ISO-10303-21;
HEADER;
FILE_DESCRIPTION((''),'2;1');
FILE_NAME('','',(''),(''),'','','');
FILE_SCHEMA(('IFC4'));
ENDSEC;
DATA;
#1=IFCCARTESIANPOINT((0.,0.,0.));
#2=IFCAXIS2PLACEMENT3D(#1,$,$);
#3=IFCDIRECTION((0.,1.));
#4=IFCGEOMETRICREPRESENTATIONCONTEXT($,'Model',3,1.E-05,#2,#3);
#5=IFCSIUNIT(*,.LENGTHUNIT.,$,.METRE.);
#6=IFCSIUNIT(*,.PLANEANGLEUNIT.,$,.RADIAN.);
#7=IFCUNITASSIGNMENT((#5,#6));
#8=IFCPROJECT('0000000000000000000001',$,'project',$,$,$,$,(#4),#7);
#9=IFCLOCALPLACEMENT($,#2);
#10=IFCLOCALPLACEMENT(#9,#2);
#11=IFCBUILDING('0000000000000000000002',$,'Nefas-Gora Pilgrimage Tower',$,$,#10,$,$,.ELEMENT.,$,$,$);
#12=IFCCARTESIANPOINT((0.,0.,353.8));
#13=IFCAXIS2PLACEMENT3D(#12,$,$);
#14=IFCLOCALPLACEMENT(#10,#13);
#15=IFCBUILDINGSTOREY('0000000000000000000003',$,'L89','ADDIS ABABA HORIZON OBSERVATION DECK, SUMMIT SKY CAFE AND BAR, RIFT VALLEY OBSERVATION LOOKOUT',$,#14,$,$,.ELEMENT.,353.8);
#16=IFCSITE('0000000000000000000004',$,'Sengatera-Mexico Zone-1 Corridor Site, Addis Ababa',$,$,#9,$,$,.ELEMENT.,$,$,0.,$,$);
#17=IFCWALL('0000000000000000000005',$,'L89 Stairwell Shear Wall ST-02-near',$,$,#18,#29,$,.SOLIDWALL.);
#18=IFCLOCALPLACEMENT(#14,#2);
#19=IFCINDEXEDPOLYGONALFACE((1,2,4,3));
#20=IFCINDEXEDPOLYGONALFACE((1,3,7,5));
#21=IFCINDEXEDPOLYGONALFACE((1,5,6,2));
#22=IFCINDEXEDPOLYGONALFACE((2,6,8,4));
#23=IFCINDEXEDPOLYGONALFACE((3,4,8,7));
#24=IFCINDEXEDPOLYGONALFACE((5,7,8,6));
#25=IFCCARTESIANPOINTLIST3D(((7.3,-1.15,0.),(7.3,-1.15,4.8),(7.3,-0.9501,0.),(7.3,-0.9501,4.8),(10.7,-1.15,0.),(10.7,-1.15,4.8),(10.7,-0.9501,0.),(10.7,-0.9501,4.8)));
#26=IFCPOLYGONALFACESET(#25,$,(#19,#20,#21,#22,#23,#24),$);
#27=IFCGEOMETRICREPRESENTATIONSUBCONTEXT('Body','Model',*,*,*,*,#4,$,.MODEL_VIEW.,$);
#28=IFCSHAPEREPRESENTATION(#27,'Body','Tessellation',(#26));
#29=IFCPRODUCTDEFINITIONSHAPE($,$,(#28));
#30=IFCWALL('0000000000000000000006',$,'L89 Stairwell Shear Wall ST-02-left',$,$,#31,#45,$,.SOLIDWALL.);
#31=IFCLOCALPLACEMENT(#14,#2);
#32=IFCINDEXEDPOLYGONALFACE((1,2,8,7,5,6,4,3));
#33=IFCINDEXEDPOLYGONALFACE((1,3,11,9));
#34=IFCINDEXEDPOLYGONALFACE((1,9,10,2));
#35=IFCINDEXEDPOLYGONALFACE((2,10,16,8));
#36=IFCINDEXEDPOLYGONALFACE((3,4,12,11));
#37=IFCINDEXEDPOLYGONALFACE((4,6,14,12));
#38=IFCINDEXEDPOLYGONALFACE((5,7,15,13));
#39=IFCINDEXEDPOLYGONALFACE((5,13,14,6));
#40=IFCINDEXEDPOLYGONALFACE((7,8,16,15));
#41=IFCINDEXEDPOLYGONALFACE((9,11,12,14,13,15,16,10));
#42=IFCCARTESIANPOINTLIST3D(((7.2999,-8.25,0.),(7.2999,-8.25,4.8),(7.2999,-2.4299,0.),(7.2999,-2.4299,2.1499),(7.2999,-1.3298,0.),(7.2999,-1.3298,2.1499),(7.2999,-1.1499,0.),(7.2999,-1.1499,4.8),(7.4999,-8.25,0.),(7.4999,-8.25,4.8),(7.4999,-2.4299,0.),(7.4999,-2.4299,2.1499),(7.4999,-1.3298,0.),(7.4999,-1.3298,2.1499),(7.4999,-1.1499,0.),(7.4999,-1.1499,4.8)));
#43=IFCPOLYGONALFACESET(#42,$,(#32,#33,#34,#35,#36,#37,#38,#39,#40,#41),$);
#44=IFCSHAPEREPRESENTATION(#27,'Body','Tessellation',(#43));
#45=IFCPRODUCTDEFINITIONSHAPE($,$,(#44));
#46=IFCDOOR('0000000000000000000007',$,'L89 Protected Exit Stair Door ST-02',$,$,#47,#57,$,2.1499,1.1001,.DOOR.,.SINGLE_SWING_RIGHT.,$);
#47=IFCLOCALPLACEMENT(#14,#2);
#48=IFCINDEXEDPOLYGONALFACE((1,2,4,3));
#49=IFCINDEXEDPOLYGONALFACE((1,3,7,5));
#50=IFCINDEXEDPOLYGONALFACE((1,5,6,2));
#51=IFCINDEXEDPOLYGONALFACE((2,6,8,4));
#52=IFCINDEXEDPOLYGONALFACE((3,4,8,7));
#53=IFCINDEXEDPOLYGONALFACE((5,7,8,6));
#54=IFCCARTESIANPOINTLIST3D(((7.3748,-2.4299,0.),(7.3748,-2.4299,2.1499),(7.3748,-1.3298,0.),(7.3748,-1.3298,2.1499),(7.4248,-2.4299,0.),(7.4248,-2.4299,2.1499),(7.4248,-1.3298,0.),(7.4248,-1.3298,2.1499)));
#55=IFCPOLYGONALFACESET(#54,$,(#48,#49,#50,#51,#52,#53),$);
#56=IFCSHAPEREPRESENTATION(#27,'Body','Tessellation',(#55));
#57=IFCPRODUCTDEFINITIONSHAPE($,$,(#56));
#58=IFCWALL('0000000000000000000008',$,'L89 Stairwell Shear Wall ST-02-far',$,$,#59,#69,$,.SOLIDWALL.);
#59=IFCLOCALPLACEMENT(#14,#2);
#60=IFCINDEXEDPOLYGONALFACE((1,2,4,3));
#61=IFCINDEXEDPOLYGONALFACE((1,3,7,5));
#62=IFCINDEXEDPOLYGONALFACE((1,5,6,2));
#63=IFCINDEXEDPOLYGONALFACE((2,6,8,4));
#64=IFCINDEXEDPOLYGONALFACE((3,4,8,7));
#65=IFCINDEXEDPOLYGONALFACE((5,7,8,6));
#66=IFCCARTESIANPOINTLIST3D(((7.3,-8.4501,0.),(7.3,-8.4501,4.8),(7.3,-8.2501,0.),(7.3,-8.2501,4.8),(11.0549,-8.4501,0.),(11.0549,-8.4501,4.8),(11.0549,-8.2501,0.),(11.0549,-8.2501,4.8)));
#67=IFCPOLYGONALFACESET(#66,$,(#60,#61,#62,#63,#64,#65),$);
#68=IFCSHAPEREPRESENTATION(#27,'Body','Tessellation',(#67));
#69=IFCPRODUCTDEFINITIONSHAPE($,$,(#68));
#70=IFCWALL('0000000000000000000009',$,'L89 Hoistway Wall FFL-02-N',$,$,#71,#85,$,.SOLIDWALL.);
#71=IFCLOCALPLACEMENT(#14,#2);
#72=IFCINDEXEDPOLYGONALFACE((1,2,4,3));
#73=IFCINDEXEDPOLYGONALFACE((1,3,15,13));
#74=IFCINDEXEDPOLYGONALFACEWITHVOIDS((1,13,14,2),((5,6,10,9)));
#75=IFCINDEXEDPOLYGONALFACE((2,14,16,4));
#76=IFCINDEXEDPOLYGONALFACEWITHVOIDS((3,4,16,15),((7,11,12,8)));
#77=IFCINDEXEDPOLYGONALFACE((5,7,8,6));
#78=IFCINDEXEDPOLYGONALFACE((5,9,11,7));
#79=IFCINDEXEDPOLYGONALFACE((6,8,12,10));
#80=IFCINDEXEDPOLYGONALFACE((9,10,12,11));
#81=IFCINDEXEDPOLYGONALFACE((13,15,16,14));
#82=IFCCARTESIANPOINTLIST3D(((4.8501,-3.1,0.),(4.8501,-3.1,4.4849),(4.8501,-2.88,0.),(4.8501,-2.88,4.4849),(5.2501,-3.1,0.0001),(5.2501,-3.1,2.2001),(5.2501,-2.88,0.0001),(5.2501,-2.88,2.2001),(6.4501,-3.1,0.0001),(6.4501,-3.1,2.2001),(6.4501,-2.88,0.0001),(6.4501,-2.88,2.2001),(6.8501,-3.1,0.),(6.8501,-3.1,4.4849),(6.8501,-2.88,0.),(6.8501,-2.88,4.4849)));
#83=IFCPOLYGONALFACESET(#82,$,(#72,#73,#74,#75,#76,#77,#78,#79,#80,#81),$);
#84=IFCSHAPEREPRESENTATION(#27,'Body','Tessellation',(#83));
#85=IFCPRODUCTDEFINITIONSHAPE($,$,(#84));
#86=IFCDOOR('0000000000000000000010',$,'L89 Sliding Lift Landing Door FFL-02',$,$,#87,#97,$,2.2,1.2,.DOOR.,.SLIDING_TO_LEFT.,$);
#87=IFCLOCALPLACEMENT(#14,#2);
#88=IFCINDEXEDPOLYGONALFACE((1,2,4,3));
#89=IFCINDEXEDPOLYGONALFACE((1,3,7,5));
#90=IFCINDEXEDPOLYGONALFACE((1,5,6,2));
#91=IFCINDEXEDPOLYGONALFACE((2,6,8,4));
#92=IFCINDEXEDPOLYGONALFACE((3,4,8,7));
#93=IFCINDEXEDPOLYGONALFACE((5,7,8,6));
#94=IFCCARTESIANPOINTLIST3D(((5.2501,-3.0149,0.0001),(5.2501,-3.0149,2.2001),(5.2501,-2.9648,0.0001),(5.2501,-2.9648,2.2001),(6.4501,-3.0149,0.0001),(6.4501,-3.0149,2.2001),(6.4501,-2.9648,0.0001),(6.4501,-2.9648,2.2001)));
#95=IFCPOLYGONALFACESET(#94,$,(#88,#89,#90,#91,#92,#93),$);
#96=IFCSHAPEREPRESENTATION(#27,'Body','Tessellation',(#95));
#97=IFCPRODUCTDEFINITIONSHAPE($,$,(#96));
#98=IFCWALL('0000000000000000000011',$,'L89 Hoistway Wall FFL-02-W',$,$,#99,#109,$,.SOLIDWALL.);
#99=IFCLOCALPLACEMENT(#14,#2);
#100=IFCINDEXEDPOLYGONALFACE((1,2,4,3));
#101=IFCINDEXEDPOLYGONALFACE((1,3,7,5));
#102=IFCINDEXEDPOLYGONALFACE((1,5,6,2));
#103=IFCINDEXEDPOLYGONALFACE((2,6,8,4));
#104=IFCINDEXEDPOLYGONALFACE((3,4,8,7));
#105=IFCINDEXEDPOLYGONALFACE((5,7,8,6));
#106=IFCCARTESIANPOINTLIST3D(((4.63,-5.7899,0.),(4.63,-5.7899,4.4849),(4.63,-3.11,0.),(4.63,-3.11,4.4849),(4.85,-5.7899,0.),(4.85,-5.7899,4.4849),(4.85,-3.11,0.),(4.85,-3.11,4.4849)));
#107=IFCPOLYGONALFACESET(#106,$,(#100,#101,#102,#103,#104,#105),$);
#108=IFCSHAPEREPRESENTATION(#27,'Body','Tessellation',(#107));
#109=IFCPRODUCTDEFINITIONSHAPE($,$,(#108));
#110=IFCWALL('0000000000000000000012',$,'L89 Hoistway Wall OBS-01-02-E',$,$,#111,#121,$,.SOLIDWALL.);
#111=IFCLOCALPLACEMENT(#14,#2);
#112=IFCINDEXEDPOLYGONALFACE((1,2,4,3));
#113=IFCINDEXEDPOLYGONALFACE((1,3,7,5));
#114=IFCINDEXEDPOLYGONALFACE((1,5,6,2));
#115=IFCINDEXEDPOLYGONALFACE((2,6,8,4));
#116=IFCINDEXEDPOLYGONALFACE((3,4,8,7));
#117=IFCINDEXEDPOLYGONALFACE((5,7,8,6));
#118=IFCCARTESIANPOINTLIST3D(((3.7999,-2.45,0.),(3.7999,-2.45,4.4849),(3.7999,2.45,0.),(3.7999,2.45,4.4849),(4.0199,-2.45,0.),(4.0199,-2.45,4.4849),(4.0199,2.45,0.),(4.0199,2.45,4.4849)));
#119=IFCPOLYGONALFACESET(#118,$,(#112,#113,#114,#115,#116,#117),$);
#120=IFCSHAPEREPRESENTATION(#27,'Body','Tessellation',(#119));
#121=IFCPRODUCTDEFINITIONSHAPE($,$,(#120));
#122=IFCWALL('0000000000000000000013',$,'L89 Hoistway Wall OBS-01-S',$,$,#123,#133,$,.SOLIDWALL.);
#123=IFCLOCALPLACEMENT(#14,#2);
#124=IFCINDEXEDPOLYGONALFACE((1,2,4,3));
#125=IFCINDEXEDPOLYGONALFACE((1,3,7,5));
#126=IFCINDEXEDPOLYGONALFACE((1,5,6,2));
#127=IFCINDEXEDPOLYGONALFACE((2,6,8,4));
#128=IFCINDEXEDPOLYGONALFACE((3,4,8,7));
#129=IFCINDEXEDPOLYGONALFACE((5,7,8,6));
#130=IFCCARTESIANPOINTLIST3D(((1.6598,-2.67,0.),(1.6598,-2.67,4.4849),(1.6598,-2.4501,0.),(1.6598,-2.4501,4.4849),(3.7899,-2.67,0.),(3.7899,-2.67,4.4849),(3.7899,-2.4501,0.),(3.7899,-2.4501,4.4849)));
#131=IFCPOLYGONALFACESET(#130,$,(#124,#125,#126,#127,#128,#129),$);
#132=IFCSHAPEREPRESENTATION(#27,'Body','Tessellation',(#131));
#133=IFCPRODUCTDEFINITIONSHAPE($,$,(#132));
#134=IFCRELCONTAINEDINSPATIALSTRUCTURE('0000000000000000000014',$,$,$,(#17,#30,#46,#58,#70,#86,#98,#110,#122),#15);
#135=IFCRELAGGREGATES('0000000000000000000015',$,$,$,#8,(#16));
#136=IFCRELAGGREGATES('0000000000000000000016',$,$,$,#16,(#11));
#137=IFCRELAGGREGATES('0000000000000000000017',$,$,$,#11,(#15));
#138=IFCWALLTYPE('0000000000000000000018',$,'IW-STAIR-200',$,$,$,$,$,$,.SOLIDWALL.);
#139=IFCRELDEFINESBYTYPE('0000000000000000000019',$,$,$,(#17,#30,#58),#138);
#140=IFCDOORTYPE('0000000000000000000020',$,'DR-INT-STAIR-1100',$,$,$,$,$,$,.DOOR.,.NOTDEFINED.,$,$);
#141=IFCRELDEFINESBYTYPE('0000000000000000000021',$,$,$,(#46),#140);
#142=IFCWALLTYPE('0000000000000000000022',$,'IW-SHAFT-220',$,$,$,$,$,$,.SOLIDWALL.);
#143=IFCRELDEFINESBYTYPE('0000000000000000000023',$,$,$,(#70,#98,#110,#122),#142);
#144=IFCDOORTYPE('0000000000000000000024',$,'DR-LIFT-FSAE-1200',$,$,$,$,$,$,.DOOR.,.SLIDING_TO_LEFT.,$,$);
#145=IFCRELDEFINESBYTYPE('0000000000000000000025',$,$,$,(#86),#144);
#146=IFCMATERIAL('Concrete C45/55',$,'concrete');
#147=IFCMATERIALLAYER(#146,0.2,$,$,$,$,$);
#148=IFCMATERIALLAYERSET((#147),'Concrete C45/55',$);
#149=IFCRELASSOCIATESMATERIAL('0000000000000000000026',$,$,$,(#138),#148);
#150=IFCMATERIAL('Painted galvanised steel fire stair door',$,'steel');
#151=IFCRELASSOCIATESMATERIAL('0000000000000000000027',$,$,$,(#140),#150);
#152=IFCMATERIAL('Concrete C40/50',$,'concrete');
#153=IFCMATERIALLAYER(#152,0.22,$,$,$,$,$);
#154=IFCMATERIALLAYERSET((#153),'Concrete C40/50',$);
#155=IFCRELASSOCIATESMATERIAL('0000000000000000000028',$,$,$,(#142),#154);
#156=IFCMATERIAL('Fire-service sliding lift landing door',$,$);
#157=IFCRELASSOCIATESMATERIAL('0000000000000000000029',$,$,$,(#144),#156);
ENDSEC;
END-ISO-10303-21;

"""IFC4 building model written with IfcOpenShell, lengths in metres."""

from ifc_helpers import new_model, si_unit, direction, frame, frame_2d, origin, place, context, subcontext, project, spatial, rectangle, extrude, source, transform, mapped, material, layer, layer_set, type_object, element, fill, save


model = new_model("IFC4")

# Units and contexts
model_context = context("Model", 3, precision=1e-05, world=origin(), true_north=direction((0.0, 1.0)))
body_context = subcontext(model_context, "Body", "Model", "MODEL_VIEW")
ifc_project = project(units=[si_unit("LENGTHUNIT", "METRE"), si_unit("PLANEANGLEUNIT", "RADIAN")], contexts=[model_context])

# Site, building, storey
site_placement = place(None, origin())
site = spatial("IfcSite", under=ifc_project, at=site_placement, Name="Sengatera-Mexico Zone-1 Corridor Site, Addis Ababa", CompositionType="ELEMENT", RefElevation=0.0)
building_placement = place(site_placement, origin())
building = spatial("IfcBuilding", under=site, at=building_placement, Name="Nefas-Gora Pilgrimage Tower", CompositionType="ELEMENT")
storey_placement = place(building_placement, frame((0.0, 0.0, 353.8)))
storey = spatial("IfcBuildingStorey", under=building, at=storey_placement, Name="L89", Description="ADDIS ABABA HORIZON OBSERVATION DECK, SUMMIT SKY CAFE AND BAR, RIFT VALLEY OBSERVATION LOOKOUT", CompositionType="ELEMENT", Elevation=353.8)

# Wall
ifc_material_1 = material(Name="Concrete C45/55", Category="concrete")
ifc_layer_1 = layer(ifc_material_1, 0.2)
ifc_layer_set_1 = layer_set([ifc_layer_1], Name="Concrete C45/55")
wall_type_1 = type_object("IfcWallType", Name="IW-STAIR-200", PredefinedType="SOLIDWALL", material=ifc_layer_set_1)
shared_shape_1 = source(origin(), body_context, "Body", "SweptSolid", [
    extrude(rectangle(XDim=3.3999, YDim=0.2, at=frame_2d((1.7, 0.0))), origin(), (0.0, 0.0, 1.0), 4.8),
])
wall_1_placement = place(storey_placement, frame((7.3, -1.05, 0.0), z_axis=(0.0, 0.0, 1.0), x_axis=(1.0, 0.0, 0.0)))
element("IfcWall", 1, at=wall_1_placement, inside=storey, type_object=wall_type_1, Name="L89 Stairwell Shear Wall ST-02-near", PredefinedType="SOLIDWALL", context=body_context, shape_type="MappedRepresentation", body=[
    mapped(shared_shape_1, transform((0.0, 0.0, 0.0), x_axis=(1.0, 0.0, 0.0), y_axis=(0.0, 1.0, 0.0), z_axis=(0.0, 0.0, 1.0), scale=1.0)),
])

# Wall, opening, door
shared_shape_2 = source(origin(), body_context, "Body", "SweptSolid", [
    extrude(rectangle(XDim=7.1001, YDim=0.2, at=frame_2d((3.55, 0.0))), origin(), (0.0, 0.0, 1.0), 4.8),
])
wall_2_placement = place(storey_placement, frame((7.3999, -1.1499, 0.0), z_axis=(0.0, 0.0, 1.0), x_axis=(0.0, -1.0, 0.0)))
wall_2 = element("IfcWall", 2, at=wall_2_placement, inside=storey, type_object=wall_type_1, Name="L89 Stairwell Shear Wall ST-02-left", PredefinedType="SOLIDWALL", context=body_context, shape_type="MappedRepresentation", body=[
    mapped(shared_shape_2, transform((0.0, 0.0, 0.0), x_axis=(1.0, 0.0, 0.0), y_axis=(0.0, 1.0, 0.0), z_axis=(0.0, 0.0, 1.0), scale=1.0)),
])
opening_1_placement = place(wall_2_placement, frame((0.1799, 0.0, 0.0)))
opening_1 = element("IfcOpeningElement", 3, at=opening_1_placement, cuts=wall_2, PredefinedType="OPENING", context=body_context, shape_type="SweptSolid", body=[
    extrude(rectangle(XDim=1.1001, YDim=2.1499, at=frame_2d((0.55, 1.075))), frame((0.0, 0.1099, 0.0), z_axis=(0.0, -1.0, 0.0), x_axis=(1.0, 0.0, 0.0)), (0.0, 0.0, 1.0), 0.22),
])
ifc_material_2 = material(Name="Painted galvanised steel fire stair door", Category="steel")
door_type_1 = type_object("IfcDoorType", Name="DR-INT-STAIR-1100", OperationType="NOTDEFINED", PredefinedType="DOOR", material=ifc_material_2)
shared_shape_3 = source(origin(), body_context, "Body", "SweptSolid", [
    extrude(rectangle(XDim=1.1001, YDim=2.1499, at=frame_2d((0.55, 1.075))), frame((0.0, 0.0249, 0.0), z_axis=(0.0, -1.0, 0.0), x_axis=(1.0, 0.0, 0.0)), (0.0, 0.0, 1.0), 0.05),
])
door_1_placement = place(opening_1_placement, origin())
door_1 = element("IfcDoor", 4, at=door_1_placement, inside=storey, type_object=door_type_1, Name="L89 Protected Exit Stair Door ST-02", OperationType="SINGLE_SWING_RIGHT", OverallHeight=2.1499, OverallWidth=1.1001, PredefinedType="DOOR", context=body_context, shape_type="MappedRepresentation", body=[
    mapped(shared_shape_3, transform((0.0, 0.0, 0.0), x_axis=(1.0, 0.0, 0.0), y_axis=(0.0, 1.0, 0.0), z_axis=(0.0, 0.0, 1.0), scale=1.0)),
])
fill(opening_1, door_1)

# Wall
shared_shape_4 = source(origin(), body_context, "Body", "SweptSolid", [
    extrude(rectangle(XDim=3.7549, YDim=0.2, at=frame_2d((1.8774, 0.0))), origin(), (0.0, 0.0, 1.0), 4.8),
])
wall_3_placement = place(storey_placement, frame((7.3, -8.3501, 0.0), z_axis=(0.0, 0.0, 1.0), x_axis=(1.0, 0.0, 0.0)))
element("IfcWall", 5, at=wall_3_placement, inside=storey, type_object=wall_type_1, Name="L89 Stairwell Shear Wall ST-02-far", PredefinedType="SOLIDWALL", context=body_context, shape_type="MappedRepresentation", body=[
    mapped(shared_shape_4, transform((0.0, 0.0, 0.0), x_axis=(1.0, 0.0, 0.0), y_axis=(0.0, 1.0, 0.0), z_axis=(0.0, 0.0, 1.0), scale=1.0)),
])

# Wall, opening, door
ifc_material_3 = material(Name="Concrete C40/50", Category="concrete")
ifc_layer_2 = layer(ifc_material_3, 0.22)
ifc_layer_set_2 = layer_set([ifc_layer_2], Name="Concrete C40/50")
wall_type_2 = type_object("IfcWallType", Name="IW-SHAFT-220", PredefinedType="SOLIDWALL", material=ifc_layer_set_2)
shared_shape_5 = source(origin(), body_context, "Body", "SweptSolid", [
    extrude(rectangle(XDim=2.0, YDim=0.22, at=frame_2d((1.0, 0.0))), origin(), (0.0, 0.0, 1.0), 4.4849),
])
wall_4_placement = place(storey_placement, frame((6.8501, -2.99, 0.0), z_axis=(0.0, 0.0, 1.0), x_axis=(-1.0, 0.0, 0.0)))
wall_4 = element("IfcWall", 6, at=wall_4_placement, inside=storey, type_object=wall_type_2, Name="L89 Hoistway Wall FFL-02-N", PredefinedType="SOLIDWALL", context=body_context, shape_type="MappedRepresentation", body=[
    mapped(shared_shape_5, transform((0.0, 0.0, 0.0), x_axis=(1.0, 0.0, 0.0), y_axis=(0.0, 1.0, 0.0), z_axis=(0.0, 0.0, 1.0), scale=1.0)),
])
opening_2_placement = place(wall_4_placement, frame((0.3999, 0.0, 0.0)))
opening_2 = element("IfcOpeningElement", 7, at=opening_2_placement, cuts=wall_4, PredefinedType="OPENING", context=body_context, shape_type="SweptSolid", body=[
    extrude(rectangle(XDim=1.2, YDim=2.2, at=frame_2d((0.6001, 1.1001))), frame((0.0, 0.1199, 0.0), z_axis=(0.0, -1.0, 0.0), x_axis=(1.0, 0.0, 0.0)), (0.0, 0.0, 1.0), 0.24),
])
ifc_material_4 = material(Name="Fire-service sliding lift landing door")
door_type_2 = type_object("IfcDoorType", Name="DR-LIFT-FSAE-1200", OperationType="SLIDING_TO_LEFT", PredefinedType="DOOR", material=ifc_material_4)
shared_shape_6 = source(origin(), body_context, "Body", "SweptSolid", [
    extrude(rectangle(XDim=1.2, YDim=2.2, at=frame_2d((0.6001, 1.1001))), frame((0.0, 0.0249, 0.0), z_axis=(0.0, -1.0, 0.0), x_axis=(1.0, 0.0, 0.0)), (0.0, 0.0, 1.0), 0.05),
])
door_2_placement = place(opening_2_placement, origin())
door_2 = element("IfcDoor", 8, at=door_2_placement, inside=storey, type_object=door_type_2, Name="L89 Sliding Lift Landing Door FFL-02", OperationType="SLIDING_TO_LEFT", OverallHeight=2.2, OverallWidth=1.2, PredefinedType="DOOR", context=body_context, shape_type="MappedRepresentation", body=[
    mapped(shared_shape_6, transform((0.0, 0.0, 0.0), x_axis=(1.0, 0.0, 0.0), y_axis=(0.0, 1.0, 0.0), z_axis=(0.0, 0.0, 1.0), scale=1.0)),
])
fill(opening_2, door_2)

# Walls
shared_shape_7 = source(origin(), body_context, "Body", "SweptSolid", [
    extrude(rectangle(XDim=2.6799, YDim=0.22, at=frame_2d((1.3398, 0.0))), origin(), (0.0, 0.0, 1.0), 4.4849),
])
wall_5_placement = place(storey_placement, frame((4.74, -3.1101, 0.0), z_axis=(0.0, 0.0, 1.0), x_axis=(0.0, -1.0, 0.0)))
element("IfcWall", 9, at=wall_5_placement, inside=storey, type_object=wall_type_2, Name="L89 Hoistway Wall FFL-02-W", PredefinedType="SOLIDWALL", context=body_context, shape_type="MappedRepresentation", body=[
    mapped(shared_shape_7, transform((0.0, 0.0, 0.0), x_axis=(1.0, 0.0, 0.0), y_axis=(0.0, 1.0, 0.0), z_axis=(0.0, 0.0, 1.0), scale=1.0)),
])
shared_shape_8 = source(origin(), body_context, "Body", "SweptSolid", [
    extrude(rectangle(XDim=4.8999, YDim=0.22, at=frame_2d((2.45, 0.0))), origin(), (0.0, 0.0, 1.0), 4.4849),
])
wall_6_placement = place(storey_placement, frame((3.9099, -2.45, 0.0), z_axis=(0.0, 0.0, 1.0), x_axis=(0.0, 1.0, 0.0)))
element("IfcWall", 10, at=wall_6_placement, inside=storey, type_object=wall_type_2, Name="L89 Hoistway Wall OBS-01-02-E", PredefinedType="SOLIDWALL", context=body_context, shape_type="MappedRepresentation", body=[
    mapped(shared_shape_8, transform((0.0, 0.0, 0.0), x_axis=(1.0, 0.0, 0.0), y_axis=(0.0, 1.0, 0.0), z_axis=(0.0, 0.0, 1.0), scale=1.0)),
])
shared_shape_9 = source(origin(), body_context, "Body", "SweptSolid", [
    extrude(rectangle(XDim=2.1301, YDim=0.22, at=frame_2d((1.0649, 0.0))), origin(), (0.0, 0.0, 1.0), 4.4849),
])
wall_7_placement = place(storey_placement, frame((1.6599, -2.5601, 0.0), z_axis=(0.0, 0.0, 1.0), x_axis=(1.0, 0.0, 0.0)))
element("IfcWall", 11, at=wall_7_placement, inside=storey, type_object=wall_type_2, Name="L89 Hoistway Wall OBS-01-S", PredefinedType="SOLIDWALL", context=body_context, shape_type="MappedRepresentation", body=[
    mapped(shared_shape_9, transform((0.0, 0.0, 0.0), x_axis=(1.0, 0.0, 0.0), y_axis=(0.0, 1.0, 0.0), z_axis=(0.0, 0.0, 1.0), scale=1.0)),
])

save(model, "model.ifc")
